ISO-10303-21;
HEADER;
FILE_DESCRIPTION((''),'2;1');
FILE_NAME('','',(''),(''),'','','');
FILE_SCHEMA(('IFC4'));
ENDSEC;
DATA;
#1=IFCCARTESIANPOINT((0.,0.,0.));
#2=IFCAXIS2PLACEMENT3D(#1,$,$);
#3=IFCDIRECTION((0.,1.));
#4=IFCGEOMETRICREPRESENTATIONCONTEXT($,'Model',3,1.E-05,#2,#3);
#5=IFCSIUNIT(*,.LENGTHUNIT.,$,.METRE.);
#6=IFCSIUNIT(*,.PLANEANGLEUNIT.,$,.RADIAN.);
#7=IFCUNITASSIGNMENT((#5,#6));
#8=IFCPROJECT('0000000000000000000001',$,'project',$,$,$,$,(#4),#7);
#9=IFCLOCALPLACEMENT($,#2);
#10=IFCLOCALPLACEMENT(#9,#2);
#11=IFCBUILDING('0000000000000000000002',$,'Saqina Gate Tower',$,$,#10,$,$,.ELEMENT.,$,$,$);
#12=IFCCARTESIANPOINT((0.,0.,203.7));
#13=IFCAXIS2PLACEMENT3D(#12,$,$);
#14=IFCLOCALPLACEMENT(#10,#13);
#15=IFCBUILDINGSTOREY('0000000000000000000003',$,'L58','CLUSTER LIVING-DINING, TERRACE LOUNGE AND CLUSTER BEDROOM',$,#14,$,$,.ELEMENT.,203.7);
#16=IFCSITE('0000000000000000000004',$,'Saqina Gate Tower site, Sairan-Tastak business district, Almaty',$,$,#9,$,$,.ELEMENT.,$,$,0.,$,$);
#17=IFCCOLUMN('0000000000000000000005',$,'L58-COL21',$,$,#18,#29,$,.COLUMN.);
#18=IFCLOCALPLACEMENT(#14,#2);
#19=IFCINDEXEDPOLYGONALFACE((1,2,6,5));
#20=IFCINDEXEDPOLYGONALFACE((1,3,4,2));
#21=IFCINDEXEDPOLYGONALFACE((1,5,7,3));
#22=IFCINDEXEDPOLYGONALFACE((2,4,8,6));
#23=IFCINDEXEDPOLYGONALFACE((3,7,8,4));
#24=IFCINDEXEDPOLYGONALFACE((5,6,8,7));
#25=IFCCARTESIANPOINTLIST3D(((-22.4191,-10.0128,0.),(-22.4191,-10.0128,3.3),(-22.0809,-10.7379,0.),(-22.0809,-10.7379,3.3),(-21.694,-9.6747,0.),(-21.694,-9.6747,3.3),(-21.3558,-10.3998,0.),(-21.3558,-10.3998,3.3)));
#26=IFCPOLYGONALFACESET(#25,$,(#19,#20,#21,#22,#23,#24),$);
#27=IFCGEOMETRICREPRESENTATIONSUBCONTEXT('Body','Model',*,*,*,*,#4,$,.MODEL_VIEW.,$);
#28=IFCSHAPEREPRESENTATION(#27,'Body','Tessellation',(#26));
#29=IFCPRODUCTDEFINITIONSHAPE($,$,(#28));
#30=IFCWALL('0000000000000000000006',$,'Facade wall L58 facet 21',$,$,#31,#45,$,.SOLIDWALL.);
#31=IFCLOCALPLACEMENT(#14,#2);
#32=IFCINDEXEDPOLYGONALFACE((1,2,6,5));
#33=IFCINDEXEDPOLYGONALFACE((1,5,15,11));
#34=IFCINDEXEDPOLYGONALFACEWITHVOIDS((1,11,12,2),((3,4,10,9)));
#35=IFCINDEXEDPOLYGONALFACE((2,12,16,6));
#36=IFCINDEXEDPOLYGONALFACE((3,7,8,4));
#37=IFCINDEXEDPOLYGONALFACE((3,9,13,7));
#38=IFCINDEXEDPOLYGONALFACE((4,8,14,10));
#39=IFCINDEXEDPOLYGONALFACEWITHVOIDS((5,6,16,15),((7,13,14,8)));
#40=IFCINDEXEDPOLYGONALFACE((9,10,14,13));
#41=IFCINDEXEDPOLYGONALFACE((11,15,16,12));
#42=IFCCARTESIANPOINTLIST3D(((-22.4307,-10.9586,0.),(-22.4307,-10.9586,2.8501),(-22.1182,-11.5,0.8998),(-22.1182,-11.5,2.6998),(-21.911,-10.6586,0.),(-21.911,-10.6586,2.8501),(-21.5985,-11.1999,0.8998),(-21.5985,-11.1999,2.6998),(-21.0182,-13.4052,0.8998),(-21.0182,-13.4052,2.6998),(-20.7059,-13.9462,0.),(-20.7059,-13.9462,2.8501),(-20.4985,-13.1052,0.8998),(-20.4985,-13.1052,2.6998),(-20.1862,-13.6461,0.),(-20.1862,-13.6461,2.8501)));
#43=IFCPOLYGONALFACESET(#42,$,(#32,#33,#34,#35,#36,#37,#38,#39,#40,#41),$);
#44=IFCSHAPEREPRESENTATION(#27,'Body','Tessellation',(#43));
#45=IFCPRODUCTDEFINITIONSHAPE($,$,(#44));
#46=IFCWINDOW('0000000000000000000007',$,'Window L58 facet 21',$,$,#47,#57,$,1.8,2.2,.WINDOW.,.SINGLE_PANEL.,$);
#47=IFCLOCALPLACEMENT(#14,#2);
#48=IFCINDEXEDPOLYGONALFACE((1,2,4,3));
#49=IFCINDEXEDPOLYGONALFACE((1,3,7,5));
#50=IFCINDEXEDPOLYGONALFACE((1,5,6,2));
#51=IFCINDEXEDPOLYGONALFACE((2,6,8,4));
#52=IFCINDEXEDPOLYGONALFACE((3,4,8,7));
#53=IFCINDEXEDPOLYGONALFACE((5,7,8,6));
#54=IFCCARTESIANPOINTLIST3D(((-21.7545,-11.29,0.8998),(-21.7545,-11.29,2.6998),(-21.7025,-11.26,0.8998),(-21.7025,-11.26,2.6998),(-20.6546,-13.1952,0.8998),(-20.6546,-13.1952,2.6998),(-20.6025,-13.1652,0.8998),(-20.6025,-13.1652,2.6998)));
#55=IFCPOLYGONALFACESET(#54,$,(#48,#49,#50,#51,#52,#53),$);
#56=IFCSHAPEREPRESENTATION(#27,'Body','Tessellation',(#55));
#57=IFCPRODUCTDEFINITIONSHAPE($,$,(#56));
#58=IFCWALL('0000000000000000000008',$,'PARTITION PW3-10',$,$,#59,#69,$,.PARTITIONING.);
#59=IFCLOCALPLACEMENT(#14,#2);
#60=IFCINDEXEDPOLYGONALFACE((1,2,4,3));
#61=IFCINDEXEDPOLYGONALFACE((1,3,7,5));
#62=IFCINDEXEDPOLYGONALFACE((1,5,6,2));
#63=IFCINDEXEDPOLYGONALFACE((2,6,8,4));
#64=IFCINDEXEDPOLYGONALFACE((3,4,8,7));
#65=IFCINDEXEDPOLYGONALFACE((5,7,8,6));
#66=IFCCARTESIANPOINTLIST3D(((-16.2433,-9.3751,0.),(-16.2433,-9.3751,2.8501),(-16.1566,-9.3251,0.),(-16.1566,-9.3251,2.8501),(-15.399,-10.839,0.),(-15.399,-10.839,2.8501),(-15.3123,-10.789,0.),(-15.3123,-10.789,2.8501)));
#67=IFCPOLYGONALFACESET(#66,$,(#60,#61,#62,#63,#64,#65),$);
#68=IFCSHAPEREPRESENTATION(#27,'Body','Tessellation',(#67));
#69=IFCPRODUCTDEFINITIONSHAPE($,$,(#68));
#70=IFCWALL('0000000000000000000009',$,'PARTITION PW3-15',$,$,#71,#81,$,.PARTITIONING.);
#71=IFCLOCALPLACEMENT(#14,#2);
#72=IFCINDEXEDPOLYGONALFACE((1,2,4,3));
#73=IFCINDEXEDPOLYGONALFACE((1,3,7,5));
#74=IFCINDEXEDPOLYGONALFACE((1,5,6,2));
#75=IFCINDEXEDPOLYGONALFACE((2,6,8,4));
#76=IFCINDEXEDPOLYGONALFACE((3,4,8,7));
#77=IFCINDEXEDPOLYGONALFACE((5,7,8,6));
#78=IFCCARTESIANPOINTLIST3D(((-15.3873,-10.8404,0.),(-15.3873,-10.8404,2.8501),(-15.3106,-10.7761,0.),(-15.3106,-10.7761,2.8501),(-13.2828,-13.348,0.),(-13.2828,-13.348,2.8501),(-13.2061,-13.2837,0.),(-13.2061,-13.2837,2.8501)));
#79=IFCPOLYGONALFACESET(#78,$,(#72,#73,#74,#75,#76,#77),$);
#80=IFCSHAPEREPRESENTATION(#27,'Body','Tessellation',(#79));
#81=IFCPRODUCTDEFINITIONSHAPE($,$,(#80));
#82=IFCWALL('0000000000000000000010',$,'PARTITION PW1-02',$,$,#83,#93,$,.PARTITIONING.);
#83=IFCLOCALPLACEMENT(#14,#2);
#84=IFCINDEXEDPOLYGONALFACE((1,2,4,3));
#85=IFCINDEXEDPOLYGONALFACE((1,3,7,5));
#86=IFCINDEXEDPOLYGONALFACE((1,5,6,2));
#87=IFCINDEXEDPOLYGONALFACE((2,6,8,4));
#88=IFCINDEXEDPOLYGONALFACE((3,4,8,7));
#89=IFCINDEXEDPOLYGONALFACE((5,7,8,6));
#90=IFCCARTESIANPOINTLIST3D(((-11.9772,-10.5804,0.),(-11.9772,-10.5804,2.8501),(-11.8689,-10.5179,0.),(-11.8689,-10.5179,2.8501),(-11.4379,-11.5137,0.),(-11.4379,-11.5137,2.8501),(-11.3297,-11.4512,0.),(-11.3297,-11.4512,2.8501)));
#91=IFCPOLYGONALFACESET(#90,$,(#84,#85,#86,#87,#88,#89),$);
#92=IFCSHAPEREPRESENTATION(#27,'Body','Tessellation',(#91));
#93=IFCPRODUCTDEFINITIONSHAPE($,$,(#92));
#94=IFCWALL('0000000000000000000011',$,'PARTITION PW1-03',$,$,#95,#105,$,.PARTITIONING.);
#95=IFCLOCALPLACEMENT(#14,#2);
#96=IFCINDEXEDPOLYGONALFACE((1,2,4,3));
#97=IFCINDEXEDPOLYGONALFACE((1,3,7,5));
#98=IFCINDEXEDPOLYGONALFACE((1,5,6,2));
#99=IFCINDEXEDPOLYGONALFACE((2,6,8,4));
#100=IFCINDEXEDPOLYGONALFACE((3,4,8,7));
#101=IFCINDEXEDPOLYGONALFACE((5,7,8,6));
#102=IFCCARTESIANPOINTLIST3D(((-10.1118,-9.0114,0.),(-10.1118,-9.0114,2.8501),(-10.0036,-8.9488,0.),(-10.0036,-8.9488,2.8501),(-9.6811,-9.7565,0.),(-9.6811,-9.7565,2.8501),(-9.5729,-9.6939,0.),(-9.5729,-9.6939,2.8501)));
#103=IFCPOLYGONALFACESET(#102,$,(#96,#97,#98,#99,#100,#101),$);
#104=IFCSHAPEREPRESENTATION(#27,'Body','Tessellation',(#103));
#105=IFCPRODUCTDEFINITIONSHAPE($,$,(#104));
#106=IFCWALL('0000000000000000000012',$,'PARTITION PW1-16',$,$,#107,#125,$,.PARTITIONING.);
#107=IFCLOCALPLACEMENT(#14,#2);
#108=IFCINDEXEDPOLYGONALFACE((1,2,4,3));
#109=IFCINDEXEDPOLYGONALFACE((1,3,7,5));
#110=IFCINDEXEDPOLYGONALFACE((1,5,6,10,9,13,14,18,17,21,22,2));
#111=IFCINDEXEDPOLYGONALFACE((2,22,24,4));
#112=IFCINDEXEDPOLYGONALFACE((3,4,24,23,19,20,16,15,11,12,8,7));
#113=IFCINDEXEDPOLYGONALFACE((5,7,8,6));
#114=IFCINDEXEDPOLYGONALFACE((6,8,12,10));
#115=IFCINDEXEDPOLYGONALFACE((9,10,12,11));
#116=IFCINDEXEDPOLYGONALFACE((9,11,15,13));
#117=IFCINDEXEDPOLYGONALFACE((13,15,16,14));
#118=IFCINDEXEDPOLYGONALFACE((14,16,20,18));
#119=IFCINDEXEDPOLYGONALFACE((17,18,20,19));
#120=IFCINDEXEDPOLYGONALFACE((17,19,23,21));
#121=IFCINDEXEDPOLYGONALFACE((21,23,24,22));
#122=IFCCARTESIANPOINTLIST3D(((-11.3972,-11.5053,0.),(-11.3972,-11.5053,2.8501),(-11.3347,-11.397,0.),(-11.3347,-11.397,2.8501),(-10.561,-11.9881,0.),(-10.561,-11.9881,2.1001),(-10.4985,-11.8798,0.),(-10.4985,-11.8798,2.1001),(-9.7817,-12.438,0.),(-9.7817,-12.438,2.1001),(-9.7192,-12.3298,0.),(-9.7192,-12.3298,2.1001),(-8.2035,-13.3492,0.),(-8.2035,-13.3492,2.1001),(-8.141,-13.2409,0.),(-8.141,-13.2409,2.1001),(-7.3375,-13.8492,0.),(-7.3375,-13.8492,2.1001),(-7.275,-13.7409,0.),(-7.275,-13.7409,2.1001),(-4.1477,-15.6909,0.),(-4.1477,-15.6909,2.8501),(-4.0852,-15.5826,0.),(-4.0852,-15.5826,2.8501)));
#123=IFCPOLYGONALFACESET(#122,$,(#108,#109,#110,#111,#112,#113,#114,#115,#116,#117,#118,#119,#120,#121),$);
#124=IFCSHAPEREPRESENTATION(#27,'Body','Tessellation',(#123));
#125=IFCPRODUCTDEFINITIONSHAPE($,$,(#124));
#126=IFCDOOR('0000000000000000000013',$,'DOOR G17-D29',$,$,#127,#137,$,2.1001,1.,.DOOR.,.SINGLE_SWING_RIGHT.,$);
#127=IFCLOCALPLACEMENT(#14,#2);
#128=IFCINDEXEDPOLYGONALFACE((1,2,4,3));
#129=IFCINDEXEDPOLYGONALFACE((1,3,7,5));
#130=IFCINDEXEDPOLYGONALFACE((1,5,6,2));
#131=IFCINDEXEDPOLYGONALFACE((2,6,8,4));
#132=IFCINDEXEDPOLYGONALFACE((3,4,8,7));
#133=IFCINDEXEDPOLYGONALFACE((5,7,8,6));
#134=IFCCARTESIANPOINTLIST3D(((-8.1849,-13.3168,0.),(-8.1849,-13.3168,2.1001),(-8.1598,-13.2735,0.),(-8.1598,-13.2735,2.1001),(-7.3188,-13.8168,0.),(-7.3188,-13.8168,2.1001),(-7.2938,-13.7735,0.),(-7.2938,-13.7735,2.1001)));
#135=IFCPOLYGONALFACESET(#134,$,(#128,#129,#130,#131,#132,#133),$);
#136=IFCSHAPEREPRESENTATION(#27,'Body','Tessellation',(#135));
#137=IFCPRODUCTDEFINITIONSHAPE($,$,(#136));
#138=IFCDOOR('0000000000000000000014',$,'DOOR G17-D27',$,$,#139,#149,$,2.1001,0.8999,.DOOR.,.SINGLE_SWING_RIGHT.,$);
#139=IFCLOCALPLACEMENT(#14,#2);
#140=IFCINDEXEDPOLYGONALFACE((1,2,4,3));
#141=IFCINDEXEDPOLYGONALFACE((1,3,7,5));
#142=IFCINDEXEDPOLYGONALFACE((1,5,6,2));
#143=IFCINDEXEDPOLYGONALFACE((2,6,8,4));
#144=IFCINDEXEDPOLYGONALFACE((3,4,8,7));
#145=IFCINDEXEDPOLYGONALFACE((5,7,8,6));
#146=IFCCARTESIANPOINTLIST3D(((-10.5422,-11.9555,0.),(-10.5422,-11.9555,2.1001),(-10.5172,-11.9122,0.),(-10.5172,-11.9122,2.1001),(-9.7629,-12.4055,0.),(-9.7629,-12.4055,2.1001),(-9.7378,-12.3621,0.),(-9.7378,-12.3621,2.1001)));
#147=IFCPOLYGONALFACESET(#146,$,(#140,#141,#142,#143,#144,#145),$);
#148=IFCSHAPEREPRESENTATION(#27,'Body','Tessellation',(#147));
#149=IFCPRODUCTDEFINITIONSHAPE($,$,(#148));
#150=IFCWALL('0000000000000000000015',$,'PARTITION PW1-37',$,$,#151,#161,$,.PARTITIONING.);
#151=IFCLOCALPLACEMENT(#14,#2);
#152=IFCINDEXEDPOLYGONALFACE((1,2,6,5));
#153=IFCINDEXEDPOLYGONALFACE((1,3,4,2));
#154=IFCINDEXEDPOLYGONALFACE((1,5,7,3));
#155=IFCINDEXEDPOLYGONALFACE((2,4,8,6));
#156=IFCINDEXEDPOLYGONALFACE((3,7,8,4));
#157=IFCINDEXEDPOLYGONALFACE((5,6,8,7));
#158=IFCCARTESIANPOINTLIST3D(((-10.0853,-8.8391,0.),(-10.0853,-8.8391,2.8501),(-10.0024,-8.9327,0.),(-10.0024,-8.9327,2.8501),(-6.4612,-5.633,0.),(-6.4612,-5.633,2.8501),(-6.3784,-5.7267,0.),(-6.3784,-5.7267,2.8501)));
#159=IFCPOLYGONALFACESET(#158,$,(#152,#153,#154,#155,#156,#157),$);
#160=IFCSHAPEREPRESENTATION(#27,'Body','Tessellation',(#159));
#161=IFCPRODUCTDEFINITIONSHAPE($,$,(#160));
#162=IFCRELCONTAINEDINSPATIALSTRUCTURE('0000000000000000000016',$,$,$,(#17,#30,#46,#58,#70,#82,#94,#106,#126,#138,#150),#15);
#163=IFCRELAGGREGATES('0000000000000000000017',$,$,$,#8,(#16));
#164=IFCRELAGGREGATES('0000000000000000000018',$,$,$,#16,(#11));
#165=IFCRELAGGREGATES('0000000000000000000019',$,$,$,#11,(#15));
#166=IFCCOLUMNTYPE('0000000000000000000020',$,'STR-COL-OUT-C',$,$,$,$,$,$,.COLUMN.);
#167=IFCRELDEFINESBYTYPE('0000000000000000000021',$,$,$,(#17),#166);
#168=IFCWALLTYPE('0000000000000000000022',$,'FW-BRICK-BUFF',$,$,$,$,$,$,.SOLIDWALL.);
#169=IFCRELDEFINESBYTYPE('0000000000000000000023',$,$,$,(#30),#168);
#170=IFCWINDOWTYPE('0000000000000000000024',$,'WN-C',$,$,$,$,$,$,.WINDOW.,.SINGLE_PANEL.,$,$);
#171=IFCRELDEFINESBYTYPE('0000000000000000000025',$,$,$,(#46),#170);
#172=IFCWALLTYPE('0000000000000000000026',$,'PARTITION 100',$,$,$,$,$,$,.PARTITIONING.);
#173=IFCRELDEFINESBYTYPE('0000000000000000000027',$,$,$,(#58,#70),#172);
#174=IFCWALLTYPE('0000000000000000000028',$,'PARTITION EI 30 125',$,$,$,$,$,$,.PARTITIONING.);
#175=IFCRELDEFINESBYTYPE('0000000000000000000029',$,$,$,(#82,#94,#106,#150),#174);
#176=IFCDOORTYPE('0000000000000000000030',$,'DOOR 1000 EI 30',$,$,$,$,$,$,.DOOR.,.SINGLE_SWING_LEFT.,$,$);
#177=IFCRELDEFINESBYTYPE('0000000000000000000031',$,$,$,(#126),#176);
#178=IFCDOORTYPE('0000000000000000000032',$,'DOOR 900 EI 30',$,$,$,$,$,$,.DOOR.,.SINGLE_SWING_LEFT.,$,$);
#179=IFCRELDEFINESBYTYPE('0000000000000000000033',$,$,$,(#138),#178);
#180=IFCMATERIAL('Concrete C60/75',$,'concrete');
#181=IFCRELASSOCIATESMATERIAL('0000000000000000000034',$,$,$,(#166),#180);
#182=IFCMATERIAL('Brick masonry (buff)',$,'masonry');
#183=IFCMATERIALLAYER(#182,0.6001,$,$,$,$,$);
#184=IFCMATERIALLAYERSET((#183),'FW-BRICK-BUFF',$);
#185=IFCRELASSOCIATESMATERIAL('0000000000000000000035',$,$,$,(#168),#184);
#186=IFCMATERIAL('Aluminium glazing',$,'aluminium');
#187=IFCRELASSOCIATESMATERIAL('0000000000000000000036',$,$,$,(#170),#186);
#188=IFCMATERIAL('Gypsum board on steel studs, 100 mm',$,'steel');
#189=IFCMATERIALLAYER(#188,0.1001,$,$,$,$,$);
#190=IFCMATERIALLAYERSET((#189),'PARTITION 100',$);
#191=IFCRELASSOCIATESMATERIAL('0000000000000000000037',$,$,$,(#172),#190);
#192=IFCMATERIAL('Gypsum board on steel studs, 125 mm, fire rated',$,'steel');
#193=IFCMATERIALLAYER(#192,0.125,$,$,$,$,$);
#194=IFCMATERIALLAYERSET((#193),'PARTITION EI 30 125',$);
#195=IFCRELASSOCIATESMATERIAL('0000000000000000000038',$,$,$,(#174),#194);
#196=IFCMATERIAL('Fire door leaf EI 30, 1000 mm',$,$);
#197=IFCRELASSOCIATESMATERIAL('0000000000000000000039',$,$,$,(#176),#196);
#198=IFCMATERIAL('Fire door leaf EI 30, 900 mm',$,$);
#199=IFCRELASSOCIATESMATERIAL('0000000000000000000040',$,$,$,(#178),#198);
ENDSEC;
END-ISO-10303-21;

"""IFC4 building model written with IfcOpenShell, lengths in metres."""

from ifc_helpers import new_model, si_unit, direction, frame, frame_2d, origin, origin_2d, place, context, subcontext, project, spatial, rectangle, extrude, material, layer, layer_set, material_profile, profile_set, type_object, element, fill, save


model = new_model("IFC4")

# Units and contexts
model_context = context("Model", 3, precision=1e-05, world=origin(), true_north=direction((0.0, 1.0)))
body_context = subcontext(model_context, "Body", "Model", "MODEL_VIEW")
ifc_project = project(units=[si_unit("LENGTHUNIT", "METRE"), si_unit("PLANEANGLEUNIT", "RADIAN")], contexts=[model_context])

# Site, building, storey
site_placement = place(None, origin())
site = spatial("IfcSite", under=ifc_project, at=site_placement, Name="Saqina Gate Tower site, Sairan-Tastak business district, Almaty", CompositionType="ELEMENT", RefElevation=0.0)
building_placement = place(site_placement, origin())
building = spatial("IfcBuilding", under=site, at=building_placement, Name="Saqina Gate Tower", CompositionType="ELEMENT")
storey_placement = place(building_placement, frame((0.0, 0.0, 203.7)))
storey = spatial("IfcBuildingStorey", under=building, at=storey_placement, Name="L58", Description="CLUSTER LIVING-DINING, TERRACE LOUNGE AND CLUSTER BEDROOM", CompositionType="ELEMENT", Elevation=203.7)

# Column
ifc_material_1 = material(Name="Concrete C60/75", Category="concrete")
ifc_material_profile = material_profile(ifc_material_1, rectangle(XDim=0.8, YDim=0.8, at=origin_2d()), Name="RC 800x800")
ifc_profile_set = profile_set([ifc_material_profile], Name="Concrete C60/75")
column_type = type_object("IfcColumnType", Name="STR-COL-OUT-C", PredefinedType="COLUMN", material=ifc_profile_set)
column_placement = place(storey_placement, frame((-21.8875, -10.2063, 0.0), z_axis=(0.0, 0.0, 1.0), x_axis=(-0.906308, -0.422618, 0.0)))
element("IfcColumn", 1, at=column_placement, inside=storey, type_object=column_type, Name="L58-COL21", PredefinedType="COLUMN", context=body_context, shape_type="SweptSolid", body=[
    extrude(rectangle(XDim=0.8, YDim=0.8, at=origin_2d()), origin(), (0.0, 0.0, 1.0), 3.3),
])

# Wall, opening, window
ifc_material_2 = material(Name="Brick masonry (buff)", Category="masonry")
ifc_layer_1 = layer(ifc_material_2, 0.6001)
ifc_layer_set_1 = layer_set([ifc_layer_1], Name="FW-BRICK-BUFF")
wall_type_1 = type_object("IfcWallType", Name="FW-BRICK-BUFF", PredefinedType="SOLIDWALL", material=ifc_layer_set_1)
wall_1_placement = place(storey_placement, frame((-22.1709, -10.8086, 0.0), z_axis=(0.0, 0.0, 1.0), x_axis=(0.499998, -0.866026, 0.0)))
wall_1 = element("IfcWall", 2, at=wall_1_placement, inside=storey, type_object=wall_type_1, Name="Facade wall L58 facet 21", PredefinedType="SOLIDWALL", context=body_context, shape_type="SweptSolid", body=[
    extrude(rectangle(XDim=3.4497, YDim=0.6001, at=frame_2d((1.7249, 0.0))), origin(), (0.0, 0.0, 1.0), 2.8501),
])
opening_1_placement = place(wall_1_placement, frame((0.625, 0.0, 0.8999)))
opening_1 = element("IfcOpeningElement", 3, at=opening_1_placement, cuts=wall_1, PredefinedType="OPENING", context=body_context, shape_type="SweptSolid", body=[
    extrude(rectangle(XDim=2.2, YDim=1.8, at=frame_2d((1.1001, 0.8999))), frame((0.0, 0.312, 0.0), z_axis=(0.0, -1.0, 0.0), x_axis=(1.0, 0.0, 0.0)), (0.0, 0.0, 1.0), 0.624),
])
ifc_material_3 = material(Name="Aluminium glazing", Category="aluminium")
window_type = type_object("IfcWindowType", Name="WN-C", PartitioningType="SINGLE_PANEL", PredefinedType="WINDOW", material=ifc_material_3)
window_placement = place(opening_1_placement, origin())
window = element("IfcWindow", 4, at=window_placement, inside=storey, type_object=window_type, Name="Window L58 facet 21", OverallHeight=1.8, OverallWidth=2.2, PartitioningType="SINGLE_PANEL", PredefinedType="WINDOW", context=body_context, shape_type="SweptSolid", body=[
    extrude(rectangle(XDim=2.2, YDim=1.8, at=frame_2d((1.1001, 0.8999))), frame((0.0, 0.1799, 0.0), z_axis=(0.0, -1.0, 0.0), x_axis=(1.0, 0.0, 0.0)), (0.0, 0.0, 1.0), 0.0601),
])
fill(opening_1, window)

# Walls
ifc_material_4 = material(Name="Gypsum board on steel studs, 100 mm", Category="steel")
ifc_layer_2 = layer(ifc_material_4, 0.1001)
ifc_layer_set_2 = layer_set([ifc_layer_2], Name="PARTITION 100")
wall_type_2 = type_object("IfcWallType", Name="PARTITION 100", PredefinedType="PARTITIONING", material=ifc_layer_set_2)
wall_2_placement = place(storey_placement, frame((-16.2, -9.3501, 0.0), z_axis=(0.0, 0.0, 1.0), x_axis=(0.499589, -0.866263, 0.0)))
element("IfcWall", 5, at=wall_2_placement, inside=storey, type_object=wall_type_2, Name="PARTITION PW3-10", PredefinedType="PARTITIONING", context=body_context, shape_type="SweptSolid", body=[
    extrude(rectangle(XDim=1.6899, YDim=0.1001, at=frame_2d((0.845, 0.0))), origin(), (0.0, 0.0, 1.0), 2.8501),
])
wall_3_placement = place(storey_placement, frame((-15.3489, -10.8083, 0.0), z_axis=(0.0, 0.0, 1.0), x_axis=(0.642858, -0.765985, 0.0)))
element("IfcWall", 6, at=wall_3_placement, inside=storey, type_object=wall_type_2, Name="PARTITION PW3-15", PredefinedType="PARTITIONING", context=body_context, shape_type="SweptSolid", body=[
    extrude(rectangle(XDim=3.2737, YDim=0.1001, at=frame_2d((1.6367, 0.0))), origin(), (0.0, 0.0, 1.0), 2.8501),
])
ifc_material_5 = material(Name="Gypsum board on steel studs, 125 mm, fire rated", Category="steel")
ifc_layer_3 = layer(ifc_material_5, 0.125)
ifc_layer_set_3 = layer_set([ifc_layer_3], Name="PARTITION EI 30 125")
wall_type_3 = type_object("IfcWallType", Name="PARTITION EI 30 125", PredefinedType="PARTITIONING", material=ifc_layer_set_3)
wall_4_placement = place(storey_placement, frame((-11.9231, -10.5491, 0.0), z_axis=(0.0, 0.0, 1.0), x_axis=(0.500304, -0.86585, 0.0)))
element("IfcWall", 7, at=wall_4_placement, inside=storey, type_object=wall_type_3, Name="PARTITION PW1-02", PredefinedType="PARTITIONING", context=body_context, shape_type="SweptSolid", body=[
    extrude(rectangle(XDim=1.0779, YDim=0.125, at=frame_2d((0.5391, 0.0))), origin(), (0.0, 0.0, 1.0), 2.8501),
])
wall_5_placement = place(storey_placement, frame((-10.0576, -8.9802, 0.0), z_axis=(0.0, 0.0, 1.0), x_axis=(0.50041, -0.865789, 0.0)))
element("IfcWall", 8, at=wall_5_placement, inside=storey, type_object=wall_type_3, Name="PARTITION PW1-03", PredefinedType="PARTITIONING", context=body_context, shape_type="SweptSolid", body=[
    extrude(rectangle(XDim=0.8606, YDim=0.125, at=frame_2d((0.4302, 0.0))), origin(), (0.0, 0.0, 1.0), 2.8501),
])

# Wall, openings, doors
wall_6_placement = place(storey_placement, frame((-11.366, -11.4512, 0.0), z_axis=(0.0, 0.0, 1.0), x_axis=(0.866023, -0.500004, 0.0)))
wall_6 = element("IfcWall", 9, at=wall_6_placement, inside=storey, type_object=wall_type_3, Name="PARTITION PW1-16", PredefinedType="PARTITIONING", context=body_context, shape_type="SweptSolid", body=[
    extrude(rectangle(XDim=8.3711, YDim=0.125, at=frame_2d((4.1855, 0.0))), origin(), (0.0, 0.0, 1.0), 2.8501),
])
opening_2_placement = place(wall_6_placement, frame((0.9656, 0.0, 0.0)))
opening_2 = element("IfcOpeningElement", 10, at=opening_2_placement, cuts=wall_6, PredefinedType="OPENING", context=body_context, shape_type="SweptSolid", body=[
    extrude(rectangle(XDim=0.8999, YDim=2.1001, at=frame_2d((0.45, 1.05))), frame((0.0, 0.0745, 0.0), z_axis=(0.0, -1.0, 0.0), x_axis=(1.0, 0.0, 0.0)), (0.0, 0.0, 1.0), 0.1489),
])
opening_3_placement = place(wall_6_placement, frame((3.6877, 0.0, 0.0)))
opening_3 = element("IfcOpeningElement", 11, at=opening_3_placement, cuts=wall_6, PredefinedType="OPENING", context=body_context, shape_type="SweptSolid", body=[
    extrude(rectangle(XDim=1.0, YDim=2.1001, at=frame_2d((0.5, 1.05))), frame((0.0, 0.0745, 0.0), z_axis=(0.0, -1.0, 0.0), x_axis=(1.0, 0.0, 0.0)), (0.0, 0.0, 1.0), 0.1489),
])
ifc_material_6 = material(Name="Fire door leaf EI 30, 1000 mm")
door_type_1 = type_object("IfcDoorType", Name="DOOR 1000 EI 30", OperationType="SINGLE_SWING_LEFT", PredefinedType="DOOR", material=ifc_material_6)
door_1_placement = place(opening_3_placement, origin())
door_1 = element("IfcDoor", 12, at=door_1_placement, inside=storey, type_object=door_type_1, Name="DOOR G17-D29", OperationType="SINGLE_SWING_RIGHT", OverallHeight=2.1001, OverallWidth=1.0, PredefinedType="DOOR", context=body_context, shape_type="SweptSolid", body=[
    extrude(rectangle(XDim=1.0, YDim=2.1001, at=frame_2d((0.5, 1.05))), frame((0.0, 0.0249, 0.0), z_axis=(0.0, -1.0, 0.0), x_axis=(1.0, 0.0, 0.0)), (0.0, 0.0, 1.0), 0.05),
])
fill(opening_3, door_1)
ifc_material_7 = material(Name="Fire door leaf EI 30, 900 mm")
door_type_2 = type_object("IfcDoorType", Name="DOOR 900 EI 30", OperationType="SINGLE_SWING_LEFT", PredefinedType="DOOR", material=ifc_material_7)
door_2_placement = place(opening_2_placement, frame((0.8999, 0.0, 0.0), z_axis=(0.0, 0.0, 1.0), x_axis=(-1.0, 0.0, 0.0)))
door_2 = element("IfcDoor", 13, at=door_2_placement, inside=storey, type_object=door_type_2, Name="DOOR G17-D27", OperationType="SINGLE_SWING_RIGHT", OverallHeight=2.1001, OverallWidth=0.8999, PredefinedType="DOOR", context=body_context, shape_type="SweptSolid", body=[
    extrude(rectangle(XDim=0.8999, YDim=2.1001, at=frame_2d((0.45, 1.05))), frame((0.0, 0.0249, 0.0), z_axis=(0.0, -1.0, 0.0), x_axis=(1.0, 0.0, 0.0)), (0.0, 0.0, 1.0), 0.05),
])
fill(opening_2, door_2)

# Wall
wall_7_placement = place(storey_placement, frame((-10.0439, -8.886, 0.0), z_axis=(0.0, 0.0, 1.0), x_axis=(0.748977, 0.662596, 0.0)))
element("IfcWall", 14, at=wall_7_placement, inside=storey, type_object=wall_type_3, Name="PARTITION PW1-37", PredefinedType="PARTITIONING", context=body_context, shape_type="SweptSolid", body=[
    extrude(rectangle(XDim=4.8386, YDim=0.125, at=frame_2d((2.4194, 0.0))), origin(), (0.0, 0.0, 1.0), 2.8501),
])

save(model, "model.ifc")
